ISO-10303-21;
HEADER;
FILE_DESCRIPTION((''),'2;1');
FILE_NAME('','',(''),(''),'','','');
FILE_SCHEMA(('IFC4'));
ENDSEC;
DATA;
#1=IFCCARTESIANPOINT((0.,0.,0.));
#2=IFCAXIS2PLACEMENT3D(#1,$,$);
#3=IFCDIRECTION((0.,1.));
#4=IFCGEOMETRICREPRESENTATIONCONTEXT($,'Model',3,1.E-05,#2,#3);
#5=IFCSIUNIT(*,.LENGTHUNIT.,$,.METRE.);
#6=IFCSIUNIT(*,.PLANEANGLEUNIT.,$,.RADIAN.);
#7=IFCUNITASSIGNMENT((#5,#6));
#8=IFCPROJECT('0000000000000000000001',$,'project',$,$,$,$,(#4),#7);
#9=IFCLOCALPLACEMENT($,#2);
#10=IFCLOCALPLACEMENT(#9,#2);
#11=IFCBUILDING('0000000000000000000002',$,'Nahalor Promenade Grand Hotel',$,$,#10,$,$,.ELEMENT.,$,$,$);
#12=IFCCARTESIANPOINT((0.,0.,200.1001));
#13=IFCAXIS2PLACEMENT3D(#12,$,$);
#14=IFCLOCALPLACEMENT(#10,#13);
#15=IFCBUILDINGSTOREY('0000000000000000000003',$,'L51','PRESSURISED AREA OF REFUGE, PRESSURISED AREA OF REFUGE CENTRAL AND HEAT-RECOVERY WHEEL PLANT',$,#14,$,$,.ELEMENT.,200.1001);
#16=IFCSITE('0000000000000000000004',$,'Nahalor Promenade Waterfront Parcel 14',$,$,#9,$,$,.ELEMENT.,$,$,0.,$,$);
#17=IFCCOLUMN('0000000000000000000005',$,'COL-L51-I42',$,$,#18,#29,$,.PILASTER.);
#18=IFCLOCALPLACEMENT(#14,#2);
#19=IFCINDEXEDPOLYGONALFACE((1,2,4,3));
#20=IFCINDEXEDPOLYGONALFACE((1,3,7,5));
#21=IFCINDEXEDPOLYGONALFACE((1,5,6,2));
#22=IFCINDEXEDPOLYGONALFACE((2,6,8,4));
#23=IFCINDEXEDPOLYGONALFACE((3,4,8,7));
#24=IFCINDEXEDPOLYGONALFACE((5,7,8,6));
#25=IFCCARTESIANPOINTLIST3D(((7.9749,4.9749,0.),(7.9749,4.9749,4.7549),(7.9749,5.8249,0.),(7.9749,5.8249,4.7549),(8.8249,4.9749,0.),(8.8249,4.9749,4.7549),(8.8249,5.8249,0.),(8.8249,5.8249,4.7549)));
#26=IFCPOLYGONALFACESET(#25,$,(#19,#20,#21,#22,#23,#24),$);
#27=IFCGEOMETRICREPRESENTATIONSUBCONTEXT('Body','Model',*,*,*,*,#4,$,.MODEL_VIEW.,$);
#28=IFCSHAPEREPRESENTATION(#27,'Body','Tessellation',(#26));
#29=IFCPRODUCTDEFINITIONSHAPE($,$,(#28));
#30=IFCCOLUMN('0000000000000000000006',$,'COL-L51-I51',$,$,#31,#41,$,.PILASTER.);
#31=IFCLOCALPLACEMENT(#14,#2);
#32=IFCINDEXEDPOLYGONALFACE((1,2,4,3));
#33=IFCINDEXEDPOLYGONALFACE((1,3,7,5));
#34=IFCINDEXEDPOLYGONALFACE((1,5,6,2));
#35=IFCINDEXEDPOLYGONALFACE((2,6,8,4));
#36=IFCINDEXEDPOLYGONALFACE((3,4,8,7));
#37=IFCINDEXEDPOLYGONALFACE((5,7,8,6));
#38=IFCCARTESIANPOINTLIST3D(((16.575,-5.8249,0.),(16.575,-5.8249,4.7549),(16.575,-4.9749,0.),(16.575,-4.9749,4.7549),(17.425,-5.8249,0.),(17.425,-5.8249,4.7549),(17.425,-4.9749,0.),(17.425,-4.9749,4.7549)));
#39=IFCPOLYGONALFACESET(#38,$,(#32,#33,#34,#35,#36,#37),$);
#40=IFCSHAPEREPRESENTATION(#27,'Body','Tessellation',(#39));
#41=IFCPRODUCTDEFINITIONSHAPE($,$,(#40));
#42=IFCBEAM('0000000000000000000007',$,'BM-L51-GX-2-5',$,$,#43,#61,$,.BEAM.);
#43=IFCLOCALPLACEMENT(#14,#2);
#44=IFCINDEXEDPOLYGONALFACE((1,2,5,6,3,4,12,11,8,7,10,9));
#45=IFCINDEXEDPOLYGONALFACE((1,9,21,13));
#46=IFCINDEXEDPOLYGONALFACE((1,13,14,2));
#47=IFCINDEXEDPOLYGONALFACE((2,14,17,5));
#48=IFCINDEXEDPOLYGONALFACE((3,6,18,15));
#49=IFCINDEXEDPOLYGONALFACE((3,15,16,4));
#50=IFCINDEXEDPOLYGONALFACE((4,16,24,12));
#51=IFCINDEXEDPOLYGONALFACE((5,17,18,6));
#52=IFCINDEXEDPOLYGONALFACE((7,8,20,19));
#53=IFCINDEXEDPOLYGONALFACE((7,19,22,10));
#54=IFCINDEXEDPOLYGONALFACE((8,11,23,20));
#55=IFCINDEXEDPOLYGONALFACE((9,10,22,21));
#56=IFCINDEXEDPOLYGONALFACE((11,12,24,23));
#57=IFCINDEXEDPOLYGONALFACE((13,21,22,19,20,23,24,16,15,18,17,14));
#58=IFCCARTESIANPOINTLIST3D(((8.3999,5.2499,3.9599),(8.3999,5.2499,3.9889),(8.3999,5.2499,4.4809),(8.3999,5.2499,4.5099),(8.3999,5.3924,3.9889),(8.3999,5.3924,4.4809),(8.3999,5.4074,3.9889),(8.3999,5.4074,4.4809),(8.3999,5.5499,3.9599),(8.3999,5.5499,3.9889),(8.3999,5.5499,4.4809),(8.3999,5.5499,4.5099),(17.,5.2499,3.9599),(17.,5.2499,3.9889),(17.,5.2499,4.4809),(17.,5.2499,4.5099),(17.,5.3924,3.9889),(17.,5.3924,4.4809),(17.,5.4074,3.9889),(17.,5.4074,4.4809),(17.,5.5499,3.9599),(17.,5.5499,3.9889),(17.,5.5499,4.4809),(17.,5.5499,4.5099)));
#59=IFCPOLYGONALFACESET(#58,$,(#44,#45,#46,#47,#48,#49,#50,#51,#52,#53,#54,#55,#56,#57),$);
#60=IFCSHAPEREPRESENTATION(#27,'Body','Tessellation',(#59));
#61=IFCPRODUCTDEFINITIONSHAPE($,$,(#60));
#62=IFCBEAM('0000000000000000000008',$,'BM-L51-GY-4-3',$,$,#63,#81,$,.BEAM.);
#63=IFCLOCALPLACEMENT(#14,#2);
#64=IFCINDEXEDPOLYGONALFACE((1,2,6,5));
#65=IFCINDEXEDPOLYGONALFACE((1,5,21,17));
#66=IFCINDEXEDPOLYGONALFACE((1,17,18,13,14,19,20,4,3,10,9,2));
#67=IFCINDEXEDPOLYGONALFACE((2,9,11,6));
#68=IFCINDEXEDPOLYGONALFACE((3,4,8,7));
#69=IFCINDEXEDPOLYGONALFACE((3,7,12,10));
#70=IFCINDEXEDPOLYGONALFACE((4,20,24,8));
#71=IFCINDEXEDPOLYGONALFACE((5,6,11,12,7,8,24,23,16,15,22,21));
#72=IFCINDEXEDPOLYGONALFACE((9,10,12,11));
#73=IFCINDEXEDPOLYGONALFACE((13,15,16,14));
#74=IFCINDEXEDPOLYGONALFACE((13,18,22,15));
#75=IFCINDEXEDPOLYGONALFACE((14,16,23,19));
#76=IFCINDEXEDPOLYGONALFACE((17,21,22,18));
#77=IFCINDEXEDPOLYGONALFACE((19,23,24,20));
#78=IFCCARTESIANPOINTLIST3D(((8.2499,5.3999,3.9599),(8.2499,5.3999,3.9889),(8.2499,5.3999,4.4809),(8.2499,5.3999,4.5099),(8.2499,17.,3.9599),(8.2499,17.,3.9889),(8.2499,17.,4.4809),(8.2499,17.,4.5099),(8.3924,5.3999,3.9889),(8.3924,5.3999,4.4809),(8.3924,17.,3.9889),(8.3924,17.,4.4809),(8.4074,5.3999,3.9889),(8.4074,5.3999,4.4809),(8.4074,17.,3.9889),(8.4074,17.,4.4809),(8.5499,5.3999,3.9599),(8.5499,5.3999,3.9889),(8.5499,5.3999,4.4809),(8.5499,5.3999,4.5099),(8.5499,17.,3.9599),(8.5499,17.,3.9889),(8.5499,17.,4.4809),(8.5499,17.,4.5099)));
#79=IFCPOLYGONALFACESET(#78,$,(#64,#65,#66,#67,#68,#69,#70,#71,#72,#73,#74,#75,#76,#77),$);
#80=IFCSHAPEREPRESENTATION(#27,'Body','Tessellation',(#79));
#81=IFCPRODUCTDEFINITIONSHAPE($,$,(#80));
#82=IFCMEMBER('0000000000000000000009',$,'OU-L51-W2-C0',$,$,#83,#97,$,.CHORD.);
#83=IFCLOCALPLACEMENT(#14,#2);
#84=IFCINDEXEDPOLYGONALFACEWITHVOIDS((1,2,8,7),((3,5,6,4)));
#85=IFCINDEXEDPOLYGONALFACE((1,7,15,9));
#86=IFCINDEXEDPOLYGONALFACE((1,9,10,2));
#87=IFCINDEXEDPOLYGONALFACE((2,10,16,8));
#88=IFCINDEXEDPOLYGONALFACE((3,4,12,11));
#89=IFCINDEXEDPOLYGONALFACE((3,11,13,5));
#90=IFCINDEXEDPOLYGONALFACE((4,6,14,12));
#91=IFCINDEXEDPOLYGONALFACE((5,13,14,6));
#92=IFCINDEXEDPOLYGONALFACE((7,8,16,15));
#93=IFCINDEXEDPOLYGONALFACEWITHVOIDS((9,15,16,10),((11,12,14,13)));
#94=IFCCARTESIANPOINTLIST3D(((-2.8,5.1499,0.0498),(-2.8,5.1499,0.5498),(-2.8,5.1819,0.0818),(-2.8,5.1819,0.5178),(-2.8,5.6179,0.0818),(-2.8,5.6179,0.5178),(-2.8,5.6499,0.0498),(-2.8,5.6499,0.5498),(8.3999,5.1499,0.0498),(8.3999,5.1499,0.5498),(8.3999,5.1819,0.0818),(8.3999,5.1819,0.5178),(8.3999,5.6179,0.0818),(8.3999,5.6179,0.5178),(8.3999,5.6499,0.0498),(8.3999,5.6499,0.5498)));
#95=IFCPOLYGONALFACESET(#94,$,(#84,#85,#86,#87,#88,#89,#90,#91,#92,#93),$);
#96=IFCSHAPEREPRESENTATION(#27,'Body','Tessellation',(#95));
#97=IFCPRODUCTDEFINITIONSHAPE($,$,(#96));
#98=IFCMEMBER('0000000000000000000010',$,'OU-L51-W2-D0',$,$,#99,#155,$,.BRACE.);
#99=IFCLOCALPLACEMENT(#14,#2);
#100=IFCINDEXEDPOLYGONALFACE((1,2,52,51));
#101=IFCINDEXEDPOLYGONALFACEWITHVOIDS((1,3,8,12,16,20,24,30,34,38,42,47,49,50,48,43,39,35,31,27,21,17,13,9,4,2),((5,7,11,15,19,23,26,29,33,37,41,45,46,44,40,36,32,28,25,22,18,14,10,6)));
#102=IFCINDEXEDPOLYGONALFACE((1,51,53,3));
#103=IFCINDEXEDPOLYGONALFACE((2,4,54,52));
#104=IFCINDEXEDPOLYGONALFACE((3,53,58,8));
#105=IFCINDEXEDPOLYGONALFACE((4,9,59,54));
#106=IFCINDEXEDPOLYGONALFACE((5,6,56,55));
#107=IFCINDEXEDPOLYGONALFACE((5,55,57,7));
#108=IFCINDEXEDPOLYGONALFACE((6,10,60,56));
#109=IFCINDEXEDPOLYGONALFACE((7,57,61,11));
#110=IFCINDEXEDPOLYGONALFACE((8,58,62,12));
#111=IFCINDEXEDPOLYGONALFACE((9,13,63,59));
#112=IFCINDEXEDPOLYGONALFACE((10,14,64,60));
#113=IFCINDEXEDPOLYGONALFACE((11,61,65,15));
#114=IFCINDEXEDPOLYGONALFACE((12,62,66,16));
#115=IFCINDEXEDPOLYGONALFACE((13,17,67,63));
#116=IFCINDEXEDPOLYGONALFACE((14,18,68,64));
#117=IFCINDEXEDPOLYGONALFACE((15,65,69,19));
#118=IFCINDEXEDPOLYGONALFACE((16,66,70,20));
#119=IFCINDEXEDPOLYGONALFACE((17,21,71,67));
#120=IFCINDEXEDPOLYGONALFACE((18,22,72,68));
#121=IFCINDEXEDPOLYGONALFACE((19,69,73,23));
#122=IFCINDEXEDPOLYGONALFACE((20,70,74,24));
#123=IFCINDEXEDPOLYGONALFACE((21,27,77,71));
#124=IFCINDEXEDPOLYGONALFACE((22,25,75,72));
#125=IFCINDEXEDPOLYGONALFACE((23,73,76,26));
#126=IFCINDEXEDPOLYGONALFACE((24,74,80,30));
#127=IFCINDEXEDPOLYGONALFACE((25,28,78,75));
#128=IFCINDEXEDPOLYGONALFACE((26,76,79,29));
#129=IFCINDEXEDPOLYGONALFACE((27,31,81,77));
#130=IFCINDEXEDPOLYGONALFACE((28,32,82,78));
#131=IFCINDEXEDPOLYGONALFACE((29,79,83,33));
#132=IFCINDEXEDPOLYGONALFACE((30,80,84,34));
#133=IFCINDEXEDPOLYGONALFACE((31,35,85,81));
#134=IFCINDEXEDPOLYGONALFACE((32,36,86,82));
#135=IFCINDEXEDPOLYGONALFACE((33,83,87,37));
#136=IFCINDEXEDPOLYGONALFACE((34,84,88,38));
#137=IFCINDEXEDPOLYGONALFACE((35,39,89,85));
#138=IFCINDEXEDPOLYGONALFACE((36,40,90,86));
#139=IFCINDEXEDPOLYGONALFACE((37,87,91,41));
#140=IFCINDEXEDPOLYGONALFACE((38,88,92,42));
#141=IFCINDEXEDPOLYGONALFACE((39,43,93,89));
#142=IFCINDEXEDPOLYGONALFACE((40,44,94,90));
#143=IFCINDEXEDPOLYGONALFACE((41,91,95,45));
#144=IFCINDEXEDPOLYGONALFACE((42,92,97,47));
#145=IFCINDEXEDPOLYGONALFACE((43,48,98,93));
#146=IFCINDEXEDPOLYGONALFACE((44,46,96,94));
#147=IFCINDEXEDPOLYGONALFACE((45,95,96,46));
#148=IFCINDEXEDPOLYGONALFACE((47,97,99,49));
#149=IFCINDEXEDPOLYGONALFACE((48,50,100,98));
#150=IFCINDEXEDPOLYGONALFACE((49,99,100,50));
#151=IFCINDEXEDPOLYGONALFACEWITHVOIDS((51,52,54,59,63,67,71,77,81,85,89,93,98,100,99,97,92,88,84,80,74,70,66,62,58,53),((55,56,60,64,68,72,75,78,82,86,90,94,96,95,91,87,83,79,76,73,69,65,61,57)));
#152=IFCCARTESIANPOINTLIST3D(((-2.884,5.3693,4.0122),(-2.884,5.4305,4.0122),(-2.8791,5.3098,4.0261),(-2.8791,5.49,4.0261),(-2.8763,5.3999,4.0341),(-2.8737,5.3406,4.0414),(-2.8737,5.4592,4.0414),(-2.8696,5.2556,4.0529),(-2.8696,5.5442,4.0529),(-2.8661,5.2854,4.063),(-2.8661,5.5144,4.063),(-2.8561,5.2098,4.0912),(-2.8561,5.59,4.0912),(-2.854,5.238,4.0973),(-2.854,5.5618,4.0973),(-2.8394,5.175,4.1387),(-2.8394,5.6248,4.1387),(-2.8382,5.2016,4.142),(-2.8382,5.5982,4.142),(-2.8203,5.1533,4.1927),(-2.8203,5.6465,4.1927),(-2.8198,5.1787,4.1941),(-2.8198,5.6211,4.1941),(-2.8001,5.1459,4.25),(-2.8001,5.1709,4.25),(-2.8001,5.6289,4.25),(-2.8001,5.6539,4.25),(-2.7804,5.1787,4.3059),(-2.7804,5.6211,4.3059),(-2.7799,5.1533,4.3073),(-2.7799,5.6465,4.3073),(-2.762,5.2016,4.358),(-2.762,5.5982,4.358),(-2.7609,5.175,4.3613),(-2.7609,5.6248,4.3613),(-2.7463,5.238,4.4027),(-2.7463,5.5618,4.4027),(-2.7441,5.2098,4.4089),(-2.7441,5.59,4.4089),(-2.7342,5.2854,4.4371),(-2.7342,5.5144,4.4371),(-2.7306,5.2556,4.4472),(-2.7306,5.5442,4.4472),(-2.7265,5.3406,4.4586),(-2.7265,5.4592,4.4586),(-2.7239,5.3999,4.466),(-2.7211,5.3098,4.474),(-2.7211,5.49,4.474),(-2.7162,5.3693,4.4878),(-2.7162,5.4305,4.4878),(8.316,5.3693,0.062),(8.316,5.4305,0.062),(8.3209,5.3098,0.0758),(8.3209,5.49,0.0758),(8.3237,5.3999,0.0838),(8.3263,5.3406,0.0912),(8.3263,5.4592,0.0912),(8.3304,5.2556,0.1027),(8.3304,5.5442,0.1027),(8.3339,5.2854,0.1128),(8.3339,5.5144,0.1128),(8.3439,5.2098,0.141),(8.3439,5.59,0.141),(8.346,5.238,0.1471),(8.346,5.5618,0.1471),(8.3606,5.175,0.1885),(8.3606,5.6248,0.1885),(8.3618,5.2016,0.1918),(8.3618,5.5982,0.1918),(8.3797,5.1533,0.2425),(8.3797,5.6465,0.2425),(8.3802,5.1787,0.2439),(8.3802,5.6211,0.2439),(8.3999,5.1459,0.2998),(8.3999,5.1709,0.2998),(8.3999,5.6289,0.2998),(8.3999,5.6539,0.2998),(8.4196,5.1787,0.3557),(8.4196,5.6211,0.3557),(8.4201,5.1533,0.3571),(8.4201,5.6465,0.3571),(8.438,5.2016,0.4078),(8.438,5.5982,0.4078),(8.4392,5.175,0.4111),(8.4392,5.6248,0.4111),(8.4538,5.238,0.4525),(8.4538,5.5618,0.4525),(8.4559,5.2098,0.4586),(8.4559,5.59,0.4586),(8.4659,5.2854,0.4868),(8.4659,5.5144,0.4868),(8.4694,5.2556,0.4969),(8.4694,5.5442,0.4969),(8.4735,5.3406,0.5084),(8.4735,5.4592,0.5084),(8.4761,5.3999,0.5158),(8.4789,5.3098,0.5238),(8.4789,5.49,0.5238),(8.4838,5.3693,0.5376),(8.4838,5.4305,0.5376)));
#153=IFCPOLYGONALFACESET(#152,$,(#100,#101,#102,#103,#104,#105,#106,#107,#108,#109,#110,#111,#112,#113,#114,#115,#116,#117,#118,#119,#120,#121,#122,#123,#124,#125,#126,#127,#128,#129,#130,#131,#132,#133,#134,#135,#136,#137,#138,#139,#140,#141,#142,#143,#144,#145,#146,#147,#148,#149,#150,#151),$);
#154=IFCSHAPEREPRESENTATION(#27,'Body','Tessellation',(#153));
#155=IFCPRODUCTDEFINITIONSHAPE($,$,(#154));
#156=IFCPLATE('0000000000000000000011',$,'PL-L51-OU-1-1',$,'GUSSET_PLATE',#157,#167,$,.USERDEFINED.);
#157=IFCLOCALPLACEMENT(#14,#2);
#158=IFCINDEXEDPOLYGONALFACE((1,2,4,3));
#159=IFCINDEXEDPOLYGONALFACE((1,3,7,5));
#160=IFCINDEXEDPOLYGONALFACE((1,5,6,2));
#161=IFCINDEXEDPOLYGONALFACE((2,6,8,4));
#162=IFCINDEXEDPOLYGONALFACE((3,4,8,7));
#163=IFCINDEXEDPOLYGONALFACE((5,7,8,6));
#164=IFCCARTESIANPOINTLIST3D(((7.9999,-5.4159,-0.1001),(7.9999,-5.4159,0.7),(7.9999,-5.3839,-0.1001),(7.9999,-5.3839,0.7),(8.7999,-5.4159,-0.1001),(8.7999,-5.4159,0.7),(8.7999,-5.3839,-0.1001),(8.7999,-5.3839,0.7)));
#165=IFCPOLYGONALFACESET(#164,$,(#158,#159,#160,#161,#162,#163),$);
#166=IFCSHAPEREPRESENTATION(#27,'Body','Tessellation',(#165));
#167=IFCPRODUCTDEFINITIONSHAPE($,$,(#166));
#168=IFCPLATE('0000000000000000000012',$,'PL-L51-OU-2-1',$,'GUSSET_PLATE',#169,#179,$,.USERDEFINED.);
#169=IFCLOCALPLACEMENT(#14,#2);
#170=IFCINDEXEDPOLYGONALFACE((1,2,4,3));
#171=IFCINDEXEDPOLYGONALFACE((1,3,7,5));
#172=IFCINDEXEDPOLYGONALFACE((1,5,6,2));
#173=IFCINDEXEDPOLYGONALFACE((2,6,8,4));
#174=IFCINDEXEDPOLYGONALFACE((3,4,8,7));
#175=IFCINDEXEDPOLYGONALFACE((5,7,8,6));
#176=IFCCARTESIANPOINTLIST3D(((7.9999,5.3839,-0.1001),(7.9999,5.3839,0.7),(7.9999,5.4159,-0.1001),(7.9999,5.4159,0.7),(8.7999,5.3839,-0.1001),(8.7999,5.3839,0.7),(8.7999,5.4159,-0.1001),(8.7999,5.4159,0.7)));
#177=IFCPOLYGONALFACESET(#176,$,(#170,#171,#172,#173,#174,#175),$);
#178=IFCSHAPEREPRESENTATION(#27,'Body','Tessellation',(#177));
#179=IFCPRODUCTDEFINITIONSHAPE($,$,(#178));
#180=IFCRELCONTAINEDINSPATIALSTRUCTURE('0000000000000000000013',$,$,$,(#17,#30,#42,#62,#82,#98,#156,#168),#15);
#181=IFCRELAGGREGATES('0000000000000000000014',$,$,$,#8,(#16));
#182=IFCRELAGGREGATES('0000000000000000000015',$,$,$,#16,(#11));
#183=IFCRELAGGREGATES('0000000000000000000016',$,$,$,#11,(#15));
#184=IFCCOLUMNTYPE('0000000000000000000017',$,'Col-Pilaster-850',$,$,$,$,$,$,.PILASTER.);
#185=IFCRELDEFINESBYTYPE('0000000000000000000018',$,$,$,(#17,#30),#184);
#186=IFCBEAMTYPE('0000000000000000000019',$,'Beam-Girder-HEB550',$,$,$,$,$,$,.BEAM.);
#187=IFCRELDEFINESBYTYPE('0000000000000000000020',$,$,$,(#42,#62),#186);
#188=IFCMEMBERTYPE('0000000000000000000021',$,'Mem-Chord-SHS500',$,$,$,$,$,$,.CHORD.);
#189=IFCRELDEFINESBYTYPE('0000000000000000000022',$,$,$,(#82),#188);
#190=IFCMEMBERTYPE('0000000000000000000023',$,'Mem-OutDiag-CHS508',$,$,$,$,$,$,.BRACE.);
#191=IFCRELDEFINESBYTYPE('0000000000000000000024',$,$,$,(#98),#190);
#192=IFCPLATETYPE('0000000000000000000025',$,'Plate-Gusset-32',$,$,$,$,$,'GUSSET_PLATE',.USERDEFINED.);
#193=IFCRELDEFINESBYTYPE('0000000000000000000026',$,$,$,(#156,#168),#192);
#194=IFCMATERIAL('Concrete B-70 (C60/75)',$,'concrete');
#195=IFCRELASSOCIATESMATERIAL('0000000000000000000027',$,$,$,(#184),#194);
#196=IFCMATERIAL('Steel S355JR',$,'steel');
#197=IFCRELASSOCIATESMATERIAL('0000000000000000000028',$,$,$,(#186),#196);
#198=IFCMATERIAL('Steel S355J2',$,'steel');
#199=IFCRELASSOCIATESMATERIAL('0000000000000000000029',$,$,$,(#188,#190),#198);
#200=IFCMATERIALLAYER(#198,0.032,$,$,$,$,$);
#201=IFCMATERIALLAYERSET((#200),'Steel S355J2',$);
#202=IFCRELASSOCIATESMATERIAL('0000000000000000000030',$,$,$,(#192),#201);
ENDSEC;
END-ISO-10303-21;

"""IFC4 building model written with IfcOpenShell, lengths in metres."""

from ifc_helpers import new_model, si_unit, direction, frame, origin, origin_2d, place, context, subcontext, project, spatial, rectangle, hollow_rectangle, hollow_circle, i_section, extrude, source, transform, mapped, material, layer, layer_set, material_profile, profile_set, type_object, element, save


model = new_model("IFC4")

# Units and contexts
model_context = context("Model", 3, precision=1e-05, world=origin(), true_north=direction((0.0, 1.0)))
body_context = subcontext(model_context, "Body", "Model", "MODEL_VIEW")
ifc_project = project(units=[si_unit("LENGTHUNIT", "METRE"), si_unit("PLANEANGLEUNIT", "RADIAN")], contexts=[model_context])

# Site, building, storey
site_placement = place(None, origin())
site = spatial("IfcSite", under=ifc_project, at=site_placement, Name="Nahalor Promenade Waterfront Parcel 14", CompositionType="ELEMENT", RefElevation=0.0)
building_placement = place(site_placement, origin())
building = spatial("IfcBuilding", under=site, at=building_placement, Name="Nahalor Promenade Grand Hotel", CompositionType="ELEMENT")
storey_placement = place(building_placement, frame((0.0, 0.0, 200.1001)))
storey = spatial("IfcBuildingStorey", under=building, at=storey_placement, Name="L51", Description="PRESSURISED AREA OF REFUGE, PRESSURISED AREA OF REFUGE CENTRAL AND HEAT-RECOVERY WHEEL PLANT", CompositionType="ELEMENT", Elevation=200.1001)

# Columns
ifc_material_1 = material(Name="Concrete B-70 (C60/75)", Category="concrete")
ifc_material_profile_1 = material_profile(ifc_material_1, rectangle(XDim=0.85, YDim=0.85, at=origin_2d()), Name="RC 850x850")
ifc_profile_set_1 = profile_set([ifc_material_profile_1], Name="Concrete B-70 (C60/75)")
column_type = type_object("IfcColumnType", Name="Col-Pilaster-850", PredefinedType="PILASTER", material=ifc_profile_set_1)
shared_shape_1 = source(origin(), body_context, "Body", "SweptSolid", [
    extrude(rectangle(XDim=0.85, YDim=0.85, at=origin_2d()), origin(), (0.0, 0.0, 1.0), 4.7549),
])
for number, where, z_axis, x_axis, name in (
    (1, (8.3999, 5.3999, 0.0), (0.0, 0.0, 1.0), (1.0, 0.0, 0.0), "COL-L51-I42"),
    (2, (17.0, -5.3999, 0.0), (0.0, 0.0, 1.0), (1.0, 0.0, 0.0), "COL-L51-I51"),
):
    element("IfcColumn", number, at=place(storey_placement, frame(where, z_axis=z_axis, x_axis=x_axis)), inside=storey, type_object=column_type, Name=name, PredefinedType="PILASTER", context=body_context, shape_type="MappedRepresentation", body=[
        mapped(shared_shape_1, transform((0.0, 0.0, 0.0), scale=1.0)),
    ])

# Beams
ifc_material_2 = material(Name="Steel S355JR", Category="steel")
ifc_material_profile_2 = material_profile(ifc_material_2, i_section(OverallWidth=0.3, OverallDepth=0.55, WebThickness=0.015, FlangeThickness=0.029, at=origin_2d()), Name="HEB 550")
ifc_profile_set_2 = profile_set([ifc_material_profile_2], Name="Steel S355JR")
beam_type = type_object("IfcBeamType", Name="Beam-Girder-HEB550", PredefinedType="BEAM", material=ifc_profile_set_2)
shared_shape_2 = source(origin(), body_context, "Body", "SweptSolid", [
    extrude(i_section(OverallWidth=0.3, OverallDepth=0.55, WebThickness=0.015, FlangeThickness=0.029, at=origin_2d()), origin(), (0.0, 0.0, 1.0), 8.6001),
])
beam_1_placement = place(storey_placement, frame((8.3999, 5.3999, 4.2349), z_axis=(1.0, 0.0, 0.0), x_axis=(0.0, 1.0, 0.0)))
element("IfcBeam", 3, at=beam_1_placement, inside=storey, type_object=beam_type, Name="BM-L51-GX-2-5", PredefinedType="BEAM", context=body_context, shape_type="MappedRepresentation", body=[
    mapped(shared_shape_2, transform((0.0, 0.0, 0.0), scale=1.0)),
])
shared_shape_3 = source(origin(), body_context, "Body", "SweptSolid", [
    extrude(i_section(OverallWidth=0.3, OverallDepth=0.55, WebThickness=0.015, FlangeThickness=0.029, at=origin_2d()), origin(), (0.0, 0.0, 1.0), 11.6001),
])
beam_2_placement = place(storey_placement, frame((8.3999, 5.3999, 4.2349), z_axis=(0.0, 1.0, 0.0), x_axis=(-1.0, 0.0, 0.0)))
element("IfcBeam", 4, at=beam_2_placement, inside=storey, type_object=beam_type, Name="BM-L51-GY-4-3", PredefinedType="BEAM", context=body_context, shape_type="MappedRepresentation", body=[
    mapped(shared_shape_3, transform((0.0, 0.0, 0.0), scale=1.0)),
])

# Members
ifc_material_3 = material(Name="Steel S355J2", Category="steel")
ifc_material_profile_3 = material_profile(ifc_material_3, hollow_rectangle(XDim=0.5, YDim=0.5, WallThickness=0.032, at=origin_2d()), Name="SHS 500x500x32")
ifc_profile_set_3 = profile_set([ifc_material_profile_3], Name="Steel S355J2")
member_type_1 = type_object("IfcMemberType", Name="Mem-Chord-SHS500", PredefinedType="CHORD", material=ifc_profile_set_3)
shared_shape_4 = source(origin(), body_context, "Body", "SweptSolid", [
    extrude(hollow_rectangle(XDim=0.5, YDim=0.5, WallThickness=0.032, at=origin_2d()), origin(), (0.0, 0.0, 1.0), 11.2),
])
member_1_placement = place(storey_placement, frame((8.3999, 5.3999, 0.2998), z_axis=(-1.0, 0.0, 0.0), x_axis=(0.0, -1.0, 0.0)))
element("IfcMember", 5, at=member_1_placement, inside=storey, type_object=member_type_1, Name="OU-L51-W2-C0", PredefinedType="CHORD", context=body_context, shape_type="MappedRepresentation", body=[
    mapped(shared_shape_4, transform((0.0, 0.0, 0.0), scale=1.0)),
])
ifc_material_profile_4 = material_profile(ifc_material_3, hollow_circle(Radius=0.254, WallThickness=0.025, at=origin_2d()), Name="CHS 508x25")
ifc_profile_set_4 = profile_set([ifc_material_profile_4], Name="Steel S355J2")
member_type_2 = type_object("IfcMemberType", Name="Mem-OutDiag-CHS508", PredefinedType="BRACE", material=ifc_profile_set_4)
shared_shape_5 = source(origin(), body_context, "Body", "SweptSolid", [
    extrude(hollow_circle(Radius=0.254, WallThickness=0.025, at=origin_2d()), origin(), (0.0, 0.0, 1.0), 11.8762),
])
member_2_placement = place(storey_placement, frame((8.3999, 5.3999, 0.2998), z_axis=(-0.943062, 0.0, 0.332616), x_axis=(0.0, -1.0, 0.0)))
element("IfcMember", 6, at=member_2_placement, inside=storey, type_object=member_type_2, Name="OU-L51-W2-D0", PredefinedType="BRACE", context=body_context, shape_type="MappedRepresentation", body=[
    mapped(shared_shape_5, transform((0.0, 0.0, 0.0), scale=1.0)),
])

# Plates
ifc_layer_1 = layer(ifc_material_3, 0.032)
ifc_layer_set_1 = layer_set([ifc_layer_1], Name="Steel S355J2")
plate_type = type_object("IfcPlateType", Name="Plate-Gusset-32", ElementType="GUSSET_PLATE", PredefinedType="USERDEFINED", material=ifc_layer_set_1)
shared_shape_6 = source(origin(), body_context, "Body", "SweptSolid", [
    extrude(rectangle(XDim=0.8, YDim=0.032, at=origin_2d()), origin(), (0.0, 0.0, 1.0), 0.8),
])
for number, where, z_axis, x_axis, name in (
    (7, (8.3999, -5.3999, -0.1001), (0.0, 0.0, 1.0), (1.0, 0.0, 0.0), "PL-L51-OU-1-1"),
    (8, (8.3999, 5.3999, -0.1001), (0.0, 0.0, 1.0), (1.0, 0.0, 0.0), "PL-L51-OU-2-1"),
):
    element("IfcPlate", number, at=place(storey_placement, frame(where, z_axis=z_axis, x_axis=x_axis)), inside=storey, type_object=plate_type, Name=name, ObjectType="GUSSET_PLATE", PredefinedType="USERDEFINED", context=body_context, shape_type="MappedRepresentation", body=[
        mapped(shared_shape_6, transform((0.0, 0.0, 0.0), scale=1.0)),
    ])

save(model, "model.ifc")
